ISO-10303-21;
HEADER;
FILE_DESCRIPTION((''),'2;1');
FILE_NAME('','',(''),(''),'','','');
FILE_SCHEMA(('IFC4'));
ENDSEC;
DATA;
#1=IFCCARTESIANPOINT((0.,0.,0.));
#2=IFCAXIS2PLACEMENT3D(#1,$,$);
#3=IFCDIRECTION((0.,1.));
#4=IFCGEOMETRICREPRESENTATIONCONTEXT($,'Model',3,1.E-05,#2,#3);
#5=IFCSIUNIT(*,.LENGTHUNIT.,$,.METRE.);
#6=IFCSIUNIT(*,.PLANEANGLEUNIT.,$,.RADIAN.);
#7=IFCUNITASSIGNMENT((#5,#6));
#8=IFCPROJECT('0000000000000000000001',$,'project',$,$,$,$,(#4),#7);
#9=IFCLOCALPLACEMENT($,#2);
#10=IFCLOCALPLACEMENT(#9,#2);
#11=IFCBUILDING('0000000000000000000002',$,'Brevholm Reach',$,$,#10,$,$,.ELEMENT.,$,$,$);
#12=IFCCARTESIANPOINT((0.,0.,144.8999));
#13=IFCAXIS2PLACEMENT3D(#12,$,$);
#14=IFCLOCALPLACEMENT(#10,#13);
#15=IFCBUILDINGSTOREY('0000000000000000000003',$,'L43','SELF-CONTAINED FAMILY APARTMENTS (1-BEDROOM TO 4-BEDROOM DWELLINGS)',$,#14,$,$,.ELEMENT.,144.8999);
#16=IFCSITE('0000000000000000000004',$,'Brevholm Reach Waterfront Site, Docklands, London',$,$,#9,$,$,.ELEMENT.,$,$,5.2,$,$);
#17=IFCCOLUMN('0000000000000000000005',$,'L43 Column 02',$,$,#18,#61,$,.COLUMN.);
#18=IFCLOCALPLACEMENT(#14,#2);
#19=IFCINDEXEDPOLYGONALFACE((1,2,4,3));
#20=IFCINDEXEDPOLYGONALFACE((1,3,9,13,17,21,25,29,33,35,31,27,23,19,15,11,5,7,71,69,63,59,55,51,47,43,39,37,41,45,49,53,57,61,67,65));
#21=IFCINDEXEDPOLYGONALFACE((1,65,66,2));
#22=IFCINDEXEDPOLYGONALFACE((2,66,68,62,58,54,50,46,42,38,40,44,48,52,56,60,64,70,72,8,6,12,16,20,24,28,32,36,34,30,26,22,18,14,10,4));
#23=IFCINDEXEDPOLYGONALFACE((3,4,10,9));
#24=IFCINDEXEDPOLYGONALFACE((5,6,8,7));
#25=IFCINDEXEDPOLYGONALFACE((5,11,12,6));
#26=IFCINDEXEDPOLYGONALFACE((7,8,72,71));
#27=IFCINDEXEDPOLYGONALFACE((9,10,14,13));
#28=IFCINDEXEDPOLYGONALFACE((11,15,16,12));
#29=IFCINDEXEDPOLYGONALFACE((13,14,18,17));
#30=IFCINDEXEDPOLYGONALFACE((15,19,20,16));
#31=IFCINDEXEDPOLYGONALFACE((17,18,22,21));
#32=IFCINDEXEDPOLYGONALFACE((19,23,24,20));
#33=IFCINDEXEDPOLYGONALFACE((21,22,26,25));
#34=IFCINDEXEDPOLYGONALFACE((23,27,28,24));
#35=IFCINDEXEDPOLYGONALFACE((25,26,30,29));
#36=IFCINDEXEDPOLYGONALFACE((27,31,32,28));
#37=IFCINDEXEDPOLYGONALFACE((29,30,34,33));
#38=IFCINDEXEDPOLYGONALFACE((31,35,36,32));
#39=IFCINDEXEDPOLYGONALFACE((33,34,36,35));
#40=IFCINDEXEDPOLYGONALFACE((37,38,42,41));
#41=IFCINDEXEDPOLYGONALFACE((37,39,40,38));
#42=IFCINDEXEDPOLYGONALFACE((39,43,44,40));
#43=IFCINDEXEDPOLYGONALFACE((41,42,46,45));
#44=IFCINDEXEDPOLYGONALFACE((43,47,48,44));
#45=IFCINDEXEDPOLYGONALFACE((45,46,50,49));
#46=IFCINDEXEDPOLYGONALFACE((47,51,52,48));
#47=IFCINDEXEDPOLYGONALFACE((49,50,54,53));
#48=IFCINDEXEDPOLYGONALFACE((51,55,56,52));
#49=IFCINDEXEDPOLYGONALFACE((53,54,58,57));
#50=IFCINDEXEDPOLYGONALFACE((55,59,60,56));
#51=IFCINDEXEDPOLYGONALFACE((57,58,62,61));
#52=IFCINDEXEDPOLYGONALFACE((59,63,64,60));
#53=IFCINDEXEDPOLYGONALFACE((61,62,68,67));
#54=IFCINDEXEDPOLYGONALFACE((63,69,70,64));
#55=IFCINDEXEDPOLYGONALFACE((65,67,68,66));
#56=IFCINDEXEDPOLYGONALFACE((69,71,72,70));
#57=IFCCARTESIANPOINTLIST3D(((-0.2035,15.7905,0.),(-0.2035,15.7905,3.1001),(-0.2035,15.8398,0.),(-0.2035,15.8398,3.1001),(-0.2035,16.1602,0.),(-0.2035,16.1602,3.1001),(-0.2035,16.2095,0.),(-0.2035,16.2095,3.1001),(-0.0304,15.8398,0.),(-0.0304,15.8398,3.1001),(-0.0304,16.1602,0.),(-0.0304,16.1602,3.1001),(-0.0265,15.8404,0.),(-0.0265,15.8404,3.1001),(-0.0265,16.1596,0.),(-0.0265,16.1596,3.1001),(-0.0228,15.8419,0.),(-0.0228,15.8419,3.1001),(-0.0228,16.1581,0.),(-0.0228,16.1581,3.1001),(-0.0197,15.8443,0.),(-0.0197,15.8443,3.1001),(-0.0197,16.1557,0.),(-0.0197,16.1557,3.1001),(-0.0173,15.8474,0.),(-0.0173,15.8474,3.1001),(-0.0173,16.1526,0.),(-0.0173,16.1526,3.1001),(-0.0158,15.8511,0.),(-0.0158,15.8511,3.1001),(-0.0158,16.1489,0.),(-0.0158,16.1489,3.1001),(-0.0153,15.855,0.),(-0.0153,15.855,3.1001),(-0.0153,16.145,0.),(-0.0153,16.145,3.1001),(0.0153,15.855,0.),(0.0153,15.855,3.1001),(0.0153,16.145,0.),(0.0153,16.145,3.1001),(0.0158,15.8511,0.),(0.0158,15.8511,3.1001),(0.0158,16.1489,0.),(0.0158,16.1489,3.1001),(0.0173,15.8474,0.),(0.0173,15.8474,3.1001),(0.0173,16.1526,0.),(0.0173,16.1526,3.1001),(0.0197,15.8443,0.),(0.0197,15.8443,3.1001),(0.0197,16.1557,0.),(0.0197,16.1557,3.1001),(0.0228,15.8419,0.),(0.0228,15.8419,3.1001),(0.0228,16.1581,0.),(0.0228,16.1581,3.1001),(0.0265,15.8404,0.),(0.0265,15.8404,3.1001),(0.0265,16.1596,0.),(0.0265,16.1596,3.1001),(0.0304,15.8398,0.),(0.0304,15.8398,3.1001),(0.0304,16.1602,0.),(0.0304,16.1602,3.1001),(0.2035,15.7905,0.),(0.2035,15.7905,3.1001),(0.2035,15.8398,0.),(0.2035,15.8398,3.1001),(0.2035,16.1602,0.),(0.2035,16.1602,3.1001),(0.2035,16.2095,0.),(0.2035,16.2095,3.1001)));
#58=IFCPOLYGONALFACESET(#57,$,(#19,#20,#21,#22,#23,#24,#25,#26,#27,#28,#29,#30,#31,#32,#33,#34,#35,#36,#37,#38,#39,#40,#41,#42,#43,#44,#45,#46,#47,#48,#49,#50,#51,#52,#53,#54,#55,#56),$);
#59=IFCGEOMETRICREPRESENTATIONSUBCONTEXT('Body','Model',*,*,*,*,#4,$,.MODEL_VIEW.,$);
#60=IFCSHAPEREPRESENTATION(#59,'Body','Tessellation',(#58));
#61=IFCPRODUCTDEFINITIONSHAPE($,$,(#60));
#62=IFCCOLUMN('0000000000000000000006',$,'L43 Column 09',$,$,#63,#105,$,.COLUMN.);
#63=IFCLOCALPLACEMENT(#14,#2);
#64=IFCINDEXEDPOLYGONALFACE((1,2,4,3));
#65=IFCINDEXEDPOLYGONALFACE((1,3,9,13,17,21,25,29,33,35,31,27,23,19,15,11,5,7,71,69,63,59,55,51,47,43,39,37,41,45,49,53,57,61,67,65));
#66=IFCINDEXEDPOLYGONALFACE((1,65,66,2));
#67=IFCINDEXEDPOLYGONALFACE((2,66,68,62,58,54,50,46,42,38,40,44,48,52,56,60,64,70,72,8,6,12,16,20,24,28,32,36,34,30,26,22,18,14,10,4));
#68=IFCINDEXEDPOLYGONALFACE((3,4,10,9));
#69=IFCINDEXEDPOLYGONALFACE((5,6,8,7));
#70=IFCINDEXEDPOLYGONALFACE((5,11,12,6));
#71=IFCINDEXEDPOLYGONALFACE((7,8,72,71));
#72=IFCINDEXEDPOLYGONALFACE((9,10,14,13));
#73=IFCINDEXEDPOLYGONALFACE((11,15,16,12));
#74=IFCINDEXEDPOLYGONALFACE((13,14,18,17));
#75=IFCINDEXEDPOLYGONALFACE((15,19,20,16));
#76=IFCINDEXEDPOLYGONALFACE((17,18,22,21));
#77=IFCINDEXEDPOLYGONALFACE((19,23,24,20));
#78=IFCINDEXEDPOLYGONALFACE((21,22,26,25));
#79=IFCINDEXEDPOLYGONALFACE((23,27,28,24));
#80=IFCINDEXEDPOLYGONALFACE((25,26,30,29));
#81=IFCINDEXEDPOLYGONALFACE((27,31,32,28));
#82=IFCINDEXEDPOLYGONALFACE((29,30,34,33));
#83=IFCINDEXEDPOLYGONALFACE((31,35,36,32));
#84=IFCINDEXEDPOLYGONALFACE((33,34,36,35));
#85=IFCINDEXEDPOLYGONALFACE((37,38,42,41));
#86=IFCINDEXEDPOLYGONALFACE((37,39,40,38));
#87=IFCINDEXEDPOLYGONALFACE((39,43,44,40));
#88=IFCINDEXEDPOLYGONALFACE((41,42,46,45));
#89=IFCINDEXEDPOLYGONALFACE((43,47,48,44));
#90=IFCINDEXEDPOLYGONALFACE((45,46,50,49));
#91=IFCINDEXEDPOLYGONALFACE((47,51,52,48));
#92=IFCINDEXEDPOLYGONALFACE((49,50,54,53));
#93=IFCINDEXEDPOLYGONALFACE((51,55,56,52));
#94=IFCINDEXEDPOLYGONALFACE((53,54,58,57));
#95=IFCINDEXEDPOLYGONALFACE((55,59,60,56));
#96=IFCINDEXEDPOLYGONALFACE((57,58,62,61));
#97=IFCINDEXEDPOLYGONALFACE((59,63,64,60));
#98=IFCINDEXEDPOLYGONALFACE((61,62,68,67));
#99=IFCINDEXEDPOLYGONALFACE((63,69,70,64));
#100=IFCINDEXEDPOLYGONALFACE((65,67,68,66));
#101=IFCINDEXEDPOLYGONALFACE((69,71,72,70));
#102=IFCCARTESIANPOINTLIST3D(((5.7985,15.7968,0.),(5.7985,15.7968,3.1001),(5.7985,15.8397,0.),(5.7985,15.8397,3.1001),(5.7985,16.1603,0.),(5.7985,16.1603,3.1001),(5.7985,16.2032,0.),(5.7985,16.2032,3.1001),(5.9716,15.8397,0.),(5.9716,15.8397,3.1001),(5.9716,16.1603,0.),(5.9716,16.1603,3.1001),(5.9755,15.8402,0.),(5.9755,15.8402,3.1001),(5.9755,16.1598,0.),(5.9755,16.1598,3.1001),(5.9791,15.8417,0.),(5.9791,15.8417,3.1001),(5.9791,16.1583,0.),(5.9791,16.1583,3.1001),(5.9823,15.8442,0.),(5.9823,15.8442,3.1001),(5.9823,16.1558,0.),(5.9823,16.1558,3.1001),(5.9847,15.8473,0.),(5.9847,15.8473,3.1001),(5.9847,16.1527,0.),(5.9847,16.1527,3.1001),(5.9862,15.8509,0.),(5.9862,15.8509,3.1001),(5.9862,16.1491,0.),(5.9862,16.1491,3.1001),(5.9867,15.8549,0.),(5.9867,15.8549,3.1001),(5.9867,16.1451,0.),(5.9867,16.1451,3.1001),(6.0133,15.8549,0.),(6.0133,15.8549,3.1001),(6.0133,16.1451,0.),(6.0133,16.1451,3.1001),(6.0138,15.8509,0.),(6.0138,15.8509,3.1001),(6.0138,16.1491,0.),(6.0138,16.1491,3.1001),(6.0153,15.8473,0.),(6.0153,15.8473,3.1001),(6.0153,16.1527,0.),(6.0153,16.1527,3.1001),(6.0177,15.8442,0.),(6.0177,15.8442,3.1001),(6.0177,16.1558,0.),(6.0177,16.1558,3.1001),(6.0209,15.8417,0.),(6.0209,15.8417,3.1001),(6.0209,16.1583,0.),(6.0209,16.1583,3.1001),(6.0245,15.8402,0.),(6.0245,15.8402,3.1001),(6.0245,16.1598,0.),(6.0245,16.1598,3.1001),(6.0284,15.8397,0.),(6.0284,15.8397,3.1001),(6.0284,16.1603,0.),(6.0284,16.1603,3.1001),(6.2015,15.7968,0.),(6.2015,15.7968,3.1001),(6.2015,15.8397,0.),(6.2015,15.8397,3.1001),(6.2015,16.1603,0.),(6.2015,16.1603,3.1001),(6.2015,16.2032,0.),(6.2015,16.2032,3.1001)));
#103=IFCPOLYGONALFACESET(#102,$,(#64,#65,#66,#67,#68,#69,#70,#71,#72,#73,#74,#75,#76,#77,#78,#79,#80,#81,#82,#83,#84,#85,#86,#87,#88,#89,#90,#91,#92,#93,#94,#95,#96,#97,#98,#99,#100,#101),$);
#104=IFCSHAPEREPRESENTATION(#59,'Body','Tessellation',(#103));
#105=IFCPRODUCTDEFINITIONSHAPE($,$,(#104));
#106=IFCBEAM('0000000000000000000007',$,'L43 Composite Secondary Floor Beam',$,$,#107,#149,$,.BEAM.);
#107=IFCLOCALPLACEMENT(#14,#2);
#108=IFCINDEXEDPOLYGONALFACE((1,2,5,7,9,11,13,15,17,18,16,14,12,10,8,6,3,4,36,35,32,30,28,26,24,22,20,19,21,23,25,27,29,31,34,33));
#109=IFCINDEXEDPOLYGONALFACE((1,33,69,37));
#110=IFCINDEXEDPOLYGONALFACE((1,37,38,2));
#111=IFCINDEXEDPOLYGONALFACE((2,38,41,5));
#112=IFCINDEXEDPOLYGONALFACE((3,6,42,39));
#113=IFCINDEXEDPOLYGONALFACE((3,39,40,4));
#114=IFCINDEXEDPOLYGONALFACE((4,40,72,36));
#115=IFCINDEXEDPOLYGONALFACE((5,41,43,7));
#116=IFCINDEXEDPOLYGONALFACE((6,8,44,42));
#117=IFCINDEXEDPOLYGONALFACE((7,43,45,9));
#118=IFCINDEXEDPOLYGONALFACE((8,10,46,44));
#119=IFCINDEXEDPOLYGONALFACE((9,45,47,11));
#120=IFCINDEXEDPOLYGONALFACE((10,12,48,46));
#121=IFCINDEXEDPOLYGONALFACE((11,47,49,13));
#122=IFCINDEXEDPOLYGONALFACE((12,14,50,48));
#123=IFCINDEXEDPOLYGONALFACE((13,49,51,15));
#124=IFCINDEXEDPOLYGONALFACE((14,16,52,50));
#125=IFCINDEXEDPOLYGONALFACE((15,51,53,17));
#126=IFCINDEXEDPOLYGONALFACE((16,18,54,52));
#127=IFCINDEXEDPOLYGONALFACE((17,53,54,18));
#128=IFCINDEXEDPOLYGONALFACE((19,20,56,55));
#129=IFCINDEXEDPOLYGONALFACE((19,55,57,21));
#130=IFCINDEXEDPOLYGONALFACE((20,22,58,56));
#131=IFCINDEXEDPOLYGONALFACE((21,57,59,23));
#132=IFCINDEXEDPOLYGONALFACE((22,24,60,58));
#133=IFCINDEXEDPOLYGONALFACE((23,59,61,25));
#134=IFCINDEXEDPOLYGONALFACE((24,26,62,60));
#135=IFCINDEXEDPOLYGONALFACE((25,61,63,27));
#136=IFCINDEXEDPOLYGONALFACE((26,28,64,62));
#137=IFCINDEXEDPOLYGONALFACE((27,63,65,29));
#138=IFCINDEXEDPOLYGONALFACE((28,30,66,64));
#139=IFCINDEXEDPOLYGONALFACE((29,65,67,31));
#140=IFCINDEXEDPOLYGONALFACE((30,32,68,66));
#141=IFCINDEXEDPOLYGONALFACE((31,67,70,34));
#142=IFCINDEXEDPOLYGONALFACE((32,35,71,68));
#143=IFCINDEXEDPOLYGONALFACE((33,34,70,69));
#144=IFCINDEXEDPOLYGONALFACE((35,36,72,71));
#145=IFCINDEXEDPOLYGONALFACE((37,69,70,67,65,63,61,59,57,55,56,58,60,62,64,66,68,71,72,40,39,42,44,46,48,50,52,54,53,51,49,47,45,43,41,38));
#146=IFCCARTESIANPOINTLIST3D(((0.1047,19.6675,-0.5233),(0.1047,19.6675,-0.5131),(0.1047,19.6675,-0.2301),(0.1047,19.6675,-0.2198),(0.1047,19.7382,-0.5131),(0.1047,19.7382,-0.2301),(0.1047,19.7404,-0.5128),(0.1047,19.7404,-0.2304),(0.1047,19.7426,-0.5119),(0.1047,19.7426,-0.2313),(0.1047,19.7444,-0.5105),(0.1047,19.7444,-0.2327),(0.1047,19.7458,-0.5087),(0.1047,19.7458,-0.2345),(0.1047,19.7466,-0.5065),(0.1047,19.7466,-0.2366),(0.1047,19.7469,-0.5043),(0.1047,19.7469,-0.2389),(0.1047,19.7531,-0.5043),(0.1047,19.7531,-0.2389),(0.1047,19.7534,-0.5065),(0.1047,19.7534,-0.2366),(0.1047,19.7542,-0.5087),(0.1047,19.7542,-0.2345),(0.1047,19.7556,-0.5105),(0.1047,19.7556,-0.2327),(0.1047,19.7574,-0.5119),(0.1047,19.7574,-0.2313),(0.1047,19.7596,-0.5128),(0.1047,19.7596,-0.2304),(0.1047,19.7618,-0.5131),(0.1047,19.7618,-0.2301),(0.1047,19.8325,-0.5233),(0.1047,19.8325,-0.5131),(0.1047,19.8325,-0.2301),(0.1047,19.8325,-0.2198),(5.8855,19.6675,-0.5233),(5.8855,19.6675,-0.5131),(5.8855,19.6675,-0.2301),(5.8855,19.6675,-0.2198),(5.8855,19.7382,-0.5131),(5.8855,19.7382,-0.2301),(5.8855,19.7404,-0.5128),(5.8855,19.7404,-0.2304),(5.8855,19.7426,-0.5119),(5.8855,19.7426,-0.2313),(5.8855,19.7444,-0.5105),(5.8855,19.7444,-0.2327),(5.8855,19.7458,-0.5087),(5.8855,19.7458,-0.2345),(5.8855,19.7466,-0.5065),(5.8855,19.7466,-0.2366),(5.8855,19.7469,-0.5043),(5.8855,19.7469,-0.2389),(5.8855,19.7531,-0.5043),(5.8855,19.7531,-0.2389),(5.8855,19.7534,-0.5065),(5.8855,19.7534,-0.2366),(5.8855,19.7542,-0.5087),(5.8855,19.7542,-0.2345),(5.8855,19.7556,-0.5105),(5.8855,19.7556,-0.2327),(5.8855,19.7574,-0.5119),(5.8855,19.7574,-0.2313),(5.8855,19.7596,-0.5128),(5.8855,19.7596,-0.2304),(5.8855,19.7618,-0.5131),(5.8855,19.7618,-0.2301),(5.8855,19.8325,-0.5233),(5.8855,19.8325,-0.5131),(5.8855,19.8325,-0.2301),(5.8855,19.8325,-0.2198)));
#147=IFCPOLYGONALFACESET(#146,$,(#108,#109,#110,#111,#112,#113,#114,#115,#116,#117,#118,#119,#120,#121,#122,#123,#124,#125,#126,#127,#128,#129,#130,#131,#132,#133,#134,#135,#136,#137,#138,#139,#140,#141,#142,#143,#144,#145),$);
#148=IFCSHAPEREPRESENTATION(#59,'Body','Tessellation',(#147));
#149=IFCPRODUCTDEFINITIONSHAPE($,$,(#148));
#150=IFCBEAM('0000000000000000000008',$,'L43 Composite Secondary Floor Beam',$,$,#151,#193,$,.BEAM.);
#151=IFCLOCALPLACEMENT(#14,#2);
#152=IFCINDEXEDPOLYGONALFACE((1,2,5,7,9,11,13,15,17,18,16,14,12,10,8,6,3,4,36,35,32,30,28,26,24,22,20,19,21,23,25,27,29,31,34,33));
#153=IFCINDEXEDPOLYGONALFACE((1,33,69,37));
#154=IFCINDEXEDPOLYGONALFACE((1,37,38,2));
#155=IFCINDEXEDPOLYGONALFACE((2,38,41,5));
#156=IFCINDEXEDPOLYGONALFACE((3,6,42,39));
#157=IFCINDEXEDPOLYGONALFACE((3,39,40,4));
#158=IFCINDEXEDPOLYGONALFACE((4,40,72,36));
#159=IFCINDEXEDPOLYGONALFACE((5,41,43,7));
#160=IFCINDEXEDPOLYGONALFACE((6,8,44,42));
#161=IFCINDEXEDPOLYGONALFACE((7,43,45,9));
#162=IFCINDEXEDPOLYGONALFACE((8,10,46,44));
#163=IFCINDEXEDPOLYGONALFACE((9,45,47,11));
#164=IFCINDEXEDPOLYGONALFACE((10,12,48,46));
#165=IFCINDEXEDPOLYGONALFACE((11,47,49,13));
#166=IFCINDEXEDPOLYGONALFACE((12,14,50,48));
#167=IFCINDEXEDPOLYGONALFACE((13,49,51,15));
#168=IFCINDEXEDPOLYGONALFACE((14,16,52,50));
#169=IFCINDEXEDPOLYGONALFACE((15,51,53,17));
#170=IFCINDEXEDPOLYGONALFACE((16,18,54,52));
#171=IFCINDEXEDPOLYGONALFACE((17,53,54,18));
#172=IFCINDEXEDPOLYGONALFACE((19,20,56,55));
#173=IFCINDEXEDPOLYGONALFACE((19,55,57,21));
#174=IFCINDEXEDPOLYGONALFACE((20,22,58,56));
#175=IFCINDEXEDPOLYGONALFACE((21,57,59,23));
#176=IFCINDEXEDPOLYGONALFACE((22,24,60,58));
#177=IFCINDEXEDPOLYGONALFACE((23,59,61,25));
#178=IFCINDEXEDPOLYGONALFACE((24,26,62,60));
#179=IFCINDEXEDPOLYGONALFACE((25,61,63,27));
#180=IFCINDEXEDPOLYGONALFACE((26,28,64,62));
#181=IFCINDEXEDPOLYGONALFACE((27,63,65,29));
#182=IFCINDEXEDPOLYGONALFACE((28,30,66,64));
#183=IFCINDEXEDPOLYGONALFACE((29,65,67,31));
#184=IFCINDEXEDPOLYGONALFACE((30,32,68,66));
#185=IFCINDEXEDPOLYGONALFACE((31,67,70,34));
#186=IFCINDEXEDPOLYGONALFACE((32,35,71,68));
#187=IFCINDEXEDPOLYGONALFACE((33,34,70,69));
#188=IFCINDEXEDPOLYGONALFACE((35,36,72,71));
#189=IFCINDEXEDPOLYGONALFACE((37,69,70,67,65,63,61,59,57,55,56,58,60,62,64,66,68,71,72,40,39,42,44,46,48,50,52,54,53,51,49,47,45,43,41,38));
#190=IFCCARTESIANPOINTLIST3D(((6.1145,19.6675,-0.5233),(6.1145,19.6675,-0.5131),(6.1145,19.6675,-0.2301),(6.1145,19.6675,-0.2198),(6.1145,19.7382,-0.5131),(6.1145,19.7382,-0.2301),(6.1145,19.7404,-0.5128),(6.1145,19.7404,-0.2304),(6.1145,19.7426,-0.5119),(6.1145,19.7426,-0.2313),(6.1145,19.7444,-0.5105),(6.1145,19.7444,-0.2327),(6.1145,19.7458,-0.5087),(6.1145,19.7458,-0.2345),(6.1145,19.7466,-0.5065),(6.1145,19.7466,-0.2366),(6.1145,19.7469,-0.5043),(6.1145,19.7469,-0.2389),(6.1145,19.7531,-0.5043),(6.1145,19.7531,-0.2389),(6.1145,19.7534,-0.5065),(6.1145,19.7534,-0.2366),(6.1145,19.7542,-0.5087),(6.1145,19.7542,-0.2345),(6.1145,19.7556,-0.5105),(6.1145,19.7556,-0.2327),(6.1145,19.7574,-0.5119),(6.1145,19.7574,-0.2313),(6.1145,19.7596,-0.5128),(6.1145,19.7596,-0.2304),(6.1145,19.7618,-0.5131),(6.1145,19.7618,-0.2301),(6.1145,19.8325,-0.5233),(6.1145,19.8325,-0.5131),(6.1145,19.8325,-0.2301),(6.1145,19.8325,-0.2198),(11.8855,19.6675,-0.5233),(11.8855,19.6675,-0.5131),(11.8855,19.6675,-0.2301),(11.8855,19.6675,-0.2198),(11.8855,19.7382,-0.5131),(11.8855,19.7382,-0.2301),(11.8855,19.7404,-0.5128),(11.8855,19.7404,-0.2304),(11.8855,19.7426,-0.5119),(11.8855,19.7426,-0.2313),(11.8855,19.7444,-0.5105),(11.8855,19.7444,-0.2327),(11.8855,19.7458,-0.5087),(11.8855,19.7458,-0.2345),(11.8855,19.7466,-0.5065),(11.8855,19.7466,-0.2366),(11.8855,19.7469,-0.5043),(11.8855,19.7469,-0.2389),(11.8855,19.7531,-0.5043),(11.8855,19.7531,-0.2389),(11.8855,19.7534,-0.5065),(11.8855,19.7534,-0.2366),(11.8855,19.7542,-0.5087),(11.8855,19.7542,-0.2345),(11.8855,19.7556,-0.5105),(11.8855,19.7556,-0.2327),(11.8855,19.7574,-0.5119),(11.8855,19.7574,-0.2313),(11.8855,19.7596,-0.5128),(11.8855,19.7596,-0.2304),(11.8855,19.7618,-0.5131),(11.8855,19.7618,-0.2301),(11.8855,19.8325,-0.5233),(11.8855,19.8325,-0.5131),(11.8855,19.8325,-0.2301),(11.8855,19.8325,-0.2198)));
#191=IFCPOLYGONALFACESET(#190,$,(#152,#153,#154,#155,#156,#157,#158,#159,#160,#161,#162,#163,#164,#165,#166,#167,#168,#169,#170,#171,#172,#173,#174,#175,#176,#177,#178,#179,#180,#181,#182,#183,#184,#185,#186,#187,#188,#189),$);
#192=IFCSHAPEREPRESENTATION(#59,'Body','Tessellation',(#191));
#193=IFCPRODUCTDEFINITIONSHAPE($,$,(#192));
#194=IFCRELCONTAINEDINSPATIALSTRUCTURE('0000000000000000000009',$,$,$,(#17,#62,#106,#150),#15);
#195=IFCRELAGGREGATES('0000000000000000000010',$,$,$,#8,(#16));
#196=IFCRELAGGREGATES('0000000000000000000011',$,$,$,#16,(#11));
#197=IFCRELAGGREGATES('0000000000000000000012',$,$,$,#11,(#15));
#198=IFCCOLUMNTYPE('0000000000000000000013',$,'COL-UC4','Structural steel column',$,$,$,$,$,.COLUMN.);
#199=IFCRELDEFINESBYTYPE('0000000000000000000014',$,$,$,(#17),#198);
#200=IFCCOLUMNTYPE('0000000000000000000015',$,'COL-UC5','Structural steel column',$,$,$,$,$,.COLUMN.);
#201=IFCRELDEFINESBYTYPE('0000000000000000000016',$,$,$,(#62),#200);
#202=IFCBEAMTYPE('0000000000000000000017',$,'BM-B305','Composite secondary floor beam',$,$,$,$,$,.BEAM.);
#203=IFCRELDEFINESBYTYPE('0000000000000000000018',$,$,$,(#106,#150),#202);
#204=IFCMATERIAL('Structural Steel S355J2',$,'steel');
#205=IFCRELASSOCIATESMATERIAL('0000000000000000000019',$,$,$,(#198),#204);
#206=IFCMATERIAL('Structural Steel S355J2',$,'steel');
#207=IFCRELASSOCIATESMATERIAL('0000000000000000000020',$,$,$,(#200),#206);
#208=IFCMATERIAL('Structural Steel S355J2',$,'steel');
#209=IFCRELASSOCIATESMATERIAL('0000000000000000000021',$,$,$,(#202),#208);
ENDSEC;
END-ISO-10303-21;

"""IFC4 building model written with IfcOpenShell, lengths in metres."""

from ifc_helpers import new_model, si_unit, direction, frame, origin, origin_2d, place, context, subcontext, project, spatial, i_section, extrude, material, material_profile, profile_set, type_object, element, save


model = new_model("IFC4")

# Units and contexts
model_context = context("Model", 3, precision=1e-05, world=origin(), true_north=direction((0.0, 1.0)))
body_context = subcontext(model_context, "Body", "Model", "MODEL_VIEW")
ifc_project = project(units=[si_unit("LENGTHUNIT", "METRE"), si_unit("PLANEANGLEUNIT", "RADIAN")], contexts=[model_context])

# Site, building, storey
site_placement = place(None, origin())
site = spatial("IfcSite", under=ifc_project, at=site_placement, Name="Brevholm Reach Waterfront Site, Docklands, London", CompositionType="ELEMENT", RefElevation=5.2)
building_placement = place(site_placement, origin())
building = spatial("IfcBuilding", under=site, at=building_placement, Name="Brevholm Reach", CompositionType="ELEMENT")
storey_placement = place(building_placement, frame((0.0, 0.0, 144.8999)))
storey = spatial("IfcBuildingStorey", under=building, at=storey_placement, Name="L43", Description="SELF-CONTAINED FAMILY APARTMENTS (1-BEDROOM TO 4-BEDROOM DWELLINGS)", CompositionType="ELEMENT", Elevation=144.8999)

# Columns
ifc_material_1 = material(Name="Structural Steel S355J2", Category="steel")
ifc_material_profile_1 = material_profile(ifc_material_1, i_section(OverallWidth=0.407, OverallDepth=0.4189, WebThickness=0.0305, FlangeThickness=0.0493, FilletRadius=0.0151, at=origin_2d()), Name="UKC 356x406x393")
ifc_profile_set_1 = profile_set([ifc_material_profile_1], Name="Structural Steel S355J2")
column_type_1 = type_object("IfcColumnType", Name="COL-UC4", Description="Structural steel column", PredefinedType="COLUMN", material=ifc_profile_set_1)
column_1_placement = place(storey_placement, frame((0.0, 16.0, 0.0), z_axis=(0.0, 0.0, 1.0), x_axis=(1.0, 0.0, 0.0)))
element("IfcColumn", 1, at=column_1_placement, inside=storey, type_object=column_type_1, Name="L43 Column 02", PredefinedType="COLUMN", context=body_context, shape_type="SweptSolid", body=[
    extrude(i_section(OverallWidth=0.407, OverallDepth=0.4189, WebThickness=0.0305, FlangeThickness=0.0493, FilletRadius=0.0151, at=origin_2d()), origin(), (0.0, 0.0, 1.0), 3.1001),
])
ifc_material_2 = material(Name="Structural Steel S355J2", Category="steel")
ifc_material_profile_2 = material_profile(ifc_material_2, i_section(OverallWidth=0.4031, OverallDepth=0.4065, WebThickness=0.0266, FlangeThickness=0.043, FilletRadius=0.0151, at=origin_2d()), Name="UKC 356x406x340")
ifc_profile_set_2 = profile_set([ifc_material_profile_2], Name="Structural Steel S355J2")
column_type_2 = type_object("IfcColumnType", Name="COL-UC5", Description="Structural steel column", PredefinedType="COLUMN", material=ifc_profile_set_2)
column_2_placement = place(storey_placement, frame((6.0, 16.0, 0.0), z_axis=(0.0, 0.0, 1.0), x_axis=(1.0, 0.0, 0.0)))
element("IfcColumn", 2, at=column_2_placement, inside=storey, type_object=column_type_2, Name="L43 Column 09", PredefinedType="COLUMN", context=body_context, shape_type="SweptSolid", body=[
    extrude(i_section(OverallWidth=0.4031, OverallDepth=0.4065, WebThickness=0.0266, FlangeThickness=0.043, FilletRadius=0.0151, at=origin_2d()), origin(), (0.0, 0.0, 1.0), 3.1001),
])

# Beams
ifc_material_3 = material(Name="Structural Steel S355J2", Category="steel")
ifc_material_profile_3 = material_profile(ifc_material_3, i_section(OverallWidth=0.165, OverallDepth=0.3035, WebThickness=0.0061, FlangeThickness=0.0103, FilletRadius=0.0088, at=origin_2d()), Name="UKB 305x165x40")
ifc_profile_set_3 = profile_set([ifc_material_profile_3], Name="Structural Steel S355J2")
beam_type_1 = type_object("IfcBeamType", Name="BM-B305", Description="Composite secondary floor beam", PredefinedType="BEAM", material=ifc_profile_set_3)
beam_1_placement = place(storey_placement, frame((0.1047, 19.75, -0.3716), z_axis=(1.0, 0.0, 0.0), x_axis=(0.0, 1.0, 0.0)))
element("IfcBeam", 3, at=beam_1_placement, inside=storey, type_object=beam_type_1, Name="L43 Composite Secondary Floor Beam", PredefinedType="BEAM", context=body_context, shape_type="SweptSolid", body=[
    extrude(i_section(OverallWidth=0.165, OverallDepth=0.3035, WebThickness=0.0061, FlangeThickness=0.0103, FilletRadius=0.0088, at=origin_2d()), origin(), (0.0, 0.0, 1.0), 5.7808),
])
beam_2_placement = place(storey_placement, frame((6.1145, 19.75, -0.3716), z_axis=(1.0, 0.0, 0.0), x_axis=(0.0, 1.0, 0.0)))
element("IfcBeam", 4, at=beam_2_placement, inside=storey, type_object=beam_type_1, Name="L43 Composite Secondary Floor Beam", PredefinedType="BEAM", context=body_context, shape_type="SweptSolid", body=[
    extrude(i_section(OverallWidth=0.165, OverallDepth=0.3035, WebThickness=0.0061, FlangeThickness=0.0103, FilletRadius=0.0088, at=origin_2d()), origin(), (0.0, 0.0, 1.0), 5.771),
])

save(model, "model.ifc")
